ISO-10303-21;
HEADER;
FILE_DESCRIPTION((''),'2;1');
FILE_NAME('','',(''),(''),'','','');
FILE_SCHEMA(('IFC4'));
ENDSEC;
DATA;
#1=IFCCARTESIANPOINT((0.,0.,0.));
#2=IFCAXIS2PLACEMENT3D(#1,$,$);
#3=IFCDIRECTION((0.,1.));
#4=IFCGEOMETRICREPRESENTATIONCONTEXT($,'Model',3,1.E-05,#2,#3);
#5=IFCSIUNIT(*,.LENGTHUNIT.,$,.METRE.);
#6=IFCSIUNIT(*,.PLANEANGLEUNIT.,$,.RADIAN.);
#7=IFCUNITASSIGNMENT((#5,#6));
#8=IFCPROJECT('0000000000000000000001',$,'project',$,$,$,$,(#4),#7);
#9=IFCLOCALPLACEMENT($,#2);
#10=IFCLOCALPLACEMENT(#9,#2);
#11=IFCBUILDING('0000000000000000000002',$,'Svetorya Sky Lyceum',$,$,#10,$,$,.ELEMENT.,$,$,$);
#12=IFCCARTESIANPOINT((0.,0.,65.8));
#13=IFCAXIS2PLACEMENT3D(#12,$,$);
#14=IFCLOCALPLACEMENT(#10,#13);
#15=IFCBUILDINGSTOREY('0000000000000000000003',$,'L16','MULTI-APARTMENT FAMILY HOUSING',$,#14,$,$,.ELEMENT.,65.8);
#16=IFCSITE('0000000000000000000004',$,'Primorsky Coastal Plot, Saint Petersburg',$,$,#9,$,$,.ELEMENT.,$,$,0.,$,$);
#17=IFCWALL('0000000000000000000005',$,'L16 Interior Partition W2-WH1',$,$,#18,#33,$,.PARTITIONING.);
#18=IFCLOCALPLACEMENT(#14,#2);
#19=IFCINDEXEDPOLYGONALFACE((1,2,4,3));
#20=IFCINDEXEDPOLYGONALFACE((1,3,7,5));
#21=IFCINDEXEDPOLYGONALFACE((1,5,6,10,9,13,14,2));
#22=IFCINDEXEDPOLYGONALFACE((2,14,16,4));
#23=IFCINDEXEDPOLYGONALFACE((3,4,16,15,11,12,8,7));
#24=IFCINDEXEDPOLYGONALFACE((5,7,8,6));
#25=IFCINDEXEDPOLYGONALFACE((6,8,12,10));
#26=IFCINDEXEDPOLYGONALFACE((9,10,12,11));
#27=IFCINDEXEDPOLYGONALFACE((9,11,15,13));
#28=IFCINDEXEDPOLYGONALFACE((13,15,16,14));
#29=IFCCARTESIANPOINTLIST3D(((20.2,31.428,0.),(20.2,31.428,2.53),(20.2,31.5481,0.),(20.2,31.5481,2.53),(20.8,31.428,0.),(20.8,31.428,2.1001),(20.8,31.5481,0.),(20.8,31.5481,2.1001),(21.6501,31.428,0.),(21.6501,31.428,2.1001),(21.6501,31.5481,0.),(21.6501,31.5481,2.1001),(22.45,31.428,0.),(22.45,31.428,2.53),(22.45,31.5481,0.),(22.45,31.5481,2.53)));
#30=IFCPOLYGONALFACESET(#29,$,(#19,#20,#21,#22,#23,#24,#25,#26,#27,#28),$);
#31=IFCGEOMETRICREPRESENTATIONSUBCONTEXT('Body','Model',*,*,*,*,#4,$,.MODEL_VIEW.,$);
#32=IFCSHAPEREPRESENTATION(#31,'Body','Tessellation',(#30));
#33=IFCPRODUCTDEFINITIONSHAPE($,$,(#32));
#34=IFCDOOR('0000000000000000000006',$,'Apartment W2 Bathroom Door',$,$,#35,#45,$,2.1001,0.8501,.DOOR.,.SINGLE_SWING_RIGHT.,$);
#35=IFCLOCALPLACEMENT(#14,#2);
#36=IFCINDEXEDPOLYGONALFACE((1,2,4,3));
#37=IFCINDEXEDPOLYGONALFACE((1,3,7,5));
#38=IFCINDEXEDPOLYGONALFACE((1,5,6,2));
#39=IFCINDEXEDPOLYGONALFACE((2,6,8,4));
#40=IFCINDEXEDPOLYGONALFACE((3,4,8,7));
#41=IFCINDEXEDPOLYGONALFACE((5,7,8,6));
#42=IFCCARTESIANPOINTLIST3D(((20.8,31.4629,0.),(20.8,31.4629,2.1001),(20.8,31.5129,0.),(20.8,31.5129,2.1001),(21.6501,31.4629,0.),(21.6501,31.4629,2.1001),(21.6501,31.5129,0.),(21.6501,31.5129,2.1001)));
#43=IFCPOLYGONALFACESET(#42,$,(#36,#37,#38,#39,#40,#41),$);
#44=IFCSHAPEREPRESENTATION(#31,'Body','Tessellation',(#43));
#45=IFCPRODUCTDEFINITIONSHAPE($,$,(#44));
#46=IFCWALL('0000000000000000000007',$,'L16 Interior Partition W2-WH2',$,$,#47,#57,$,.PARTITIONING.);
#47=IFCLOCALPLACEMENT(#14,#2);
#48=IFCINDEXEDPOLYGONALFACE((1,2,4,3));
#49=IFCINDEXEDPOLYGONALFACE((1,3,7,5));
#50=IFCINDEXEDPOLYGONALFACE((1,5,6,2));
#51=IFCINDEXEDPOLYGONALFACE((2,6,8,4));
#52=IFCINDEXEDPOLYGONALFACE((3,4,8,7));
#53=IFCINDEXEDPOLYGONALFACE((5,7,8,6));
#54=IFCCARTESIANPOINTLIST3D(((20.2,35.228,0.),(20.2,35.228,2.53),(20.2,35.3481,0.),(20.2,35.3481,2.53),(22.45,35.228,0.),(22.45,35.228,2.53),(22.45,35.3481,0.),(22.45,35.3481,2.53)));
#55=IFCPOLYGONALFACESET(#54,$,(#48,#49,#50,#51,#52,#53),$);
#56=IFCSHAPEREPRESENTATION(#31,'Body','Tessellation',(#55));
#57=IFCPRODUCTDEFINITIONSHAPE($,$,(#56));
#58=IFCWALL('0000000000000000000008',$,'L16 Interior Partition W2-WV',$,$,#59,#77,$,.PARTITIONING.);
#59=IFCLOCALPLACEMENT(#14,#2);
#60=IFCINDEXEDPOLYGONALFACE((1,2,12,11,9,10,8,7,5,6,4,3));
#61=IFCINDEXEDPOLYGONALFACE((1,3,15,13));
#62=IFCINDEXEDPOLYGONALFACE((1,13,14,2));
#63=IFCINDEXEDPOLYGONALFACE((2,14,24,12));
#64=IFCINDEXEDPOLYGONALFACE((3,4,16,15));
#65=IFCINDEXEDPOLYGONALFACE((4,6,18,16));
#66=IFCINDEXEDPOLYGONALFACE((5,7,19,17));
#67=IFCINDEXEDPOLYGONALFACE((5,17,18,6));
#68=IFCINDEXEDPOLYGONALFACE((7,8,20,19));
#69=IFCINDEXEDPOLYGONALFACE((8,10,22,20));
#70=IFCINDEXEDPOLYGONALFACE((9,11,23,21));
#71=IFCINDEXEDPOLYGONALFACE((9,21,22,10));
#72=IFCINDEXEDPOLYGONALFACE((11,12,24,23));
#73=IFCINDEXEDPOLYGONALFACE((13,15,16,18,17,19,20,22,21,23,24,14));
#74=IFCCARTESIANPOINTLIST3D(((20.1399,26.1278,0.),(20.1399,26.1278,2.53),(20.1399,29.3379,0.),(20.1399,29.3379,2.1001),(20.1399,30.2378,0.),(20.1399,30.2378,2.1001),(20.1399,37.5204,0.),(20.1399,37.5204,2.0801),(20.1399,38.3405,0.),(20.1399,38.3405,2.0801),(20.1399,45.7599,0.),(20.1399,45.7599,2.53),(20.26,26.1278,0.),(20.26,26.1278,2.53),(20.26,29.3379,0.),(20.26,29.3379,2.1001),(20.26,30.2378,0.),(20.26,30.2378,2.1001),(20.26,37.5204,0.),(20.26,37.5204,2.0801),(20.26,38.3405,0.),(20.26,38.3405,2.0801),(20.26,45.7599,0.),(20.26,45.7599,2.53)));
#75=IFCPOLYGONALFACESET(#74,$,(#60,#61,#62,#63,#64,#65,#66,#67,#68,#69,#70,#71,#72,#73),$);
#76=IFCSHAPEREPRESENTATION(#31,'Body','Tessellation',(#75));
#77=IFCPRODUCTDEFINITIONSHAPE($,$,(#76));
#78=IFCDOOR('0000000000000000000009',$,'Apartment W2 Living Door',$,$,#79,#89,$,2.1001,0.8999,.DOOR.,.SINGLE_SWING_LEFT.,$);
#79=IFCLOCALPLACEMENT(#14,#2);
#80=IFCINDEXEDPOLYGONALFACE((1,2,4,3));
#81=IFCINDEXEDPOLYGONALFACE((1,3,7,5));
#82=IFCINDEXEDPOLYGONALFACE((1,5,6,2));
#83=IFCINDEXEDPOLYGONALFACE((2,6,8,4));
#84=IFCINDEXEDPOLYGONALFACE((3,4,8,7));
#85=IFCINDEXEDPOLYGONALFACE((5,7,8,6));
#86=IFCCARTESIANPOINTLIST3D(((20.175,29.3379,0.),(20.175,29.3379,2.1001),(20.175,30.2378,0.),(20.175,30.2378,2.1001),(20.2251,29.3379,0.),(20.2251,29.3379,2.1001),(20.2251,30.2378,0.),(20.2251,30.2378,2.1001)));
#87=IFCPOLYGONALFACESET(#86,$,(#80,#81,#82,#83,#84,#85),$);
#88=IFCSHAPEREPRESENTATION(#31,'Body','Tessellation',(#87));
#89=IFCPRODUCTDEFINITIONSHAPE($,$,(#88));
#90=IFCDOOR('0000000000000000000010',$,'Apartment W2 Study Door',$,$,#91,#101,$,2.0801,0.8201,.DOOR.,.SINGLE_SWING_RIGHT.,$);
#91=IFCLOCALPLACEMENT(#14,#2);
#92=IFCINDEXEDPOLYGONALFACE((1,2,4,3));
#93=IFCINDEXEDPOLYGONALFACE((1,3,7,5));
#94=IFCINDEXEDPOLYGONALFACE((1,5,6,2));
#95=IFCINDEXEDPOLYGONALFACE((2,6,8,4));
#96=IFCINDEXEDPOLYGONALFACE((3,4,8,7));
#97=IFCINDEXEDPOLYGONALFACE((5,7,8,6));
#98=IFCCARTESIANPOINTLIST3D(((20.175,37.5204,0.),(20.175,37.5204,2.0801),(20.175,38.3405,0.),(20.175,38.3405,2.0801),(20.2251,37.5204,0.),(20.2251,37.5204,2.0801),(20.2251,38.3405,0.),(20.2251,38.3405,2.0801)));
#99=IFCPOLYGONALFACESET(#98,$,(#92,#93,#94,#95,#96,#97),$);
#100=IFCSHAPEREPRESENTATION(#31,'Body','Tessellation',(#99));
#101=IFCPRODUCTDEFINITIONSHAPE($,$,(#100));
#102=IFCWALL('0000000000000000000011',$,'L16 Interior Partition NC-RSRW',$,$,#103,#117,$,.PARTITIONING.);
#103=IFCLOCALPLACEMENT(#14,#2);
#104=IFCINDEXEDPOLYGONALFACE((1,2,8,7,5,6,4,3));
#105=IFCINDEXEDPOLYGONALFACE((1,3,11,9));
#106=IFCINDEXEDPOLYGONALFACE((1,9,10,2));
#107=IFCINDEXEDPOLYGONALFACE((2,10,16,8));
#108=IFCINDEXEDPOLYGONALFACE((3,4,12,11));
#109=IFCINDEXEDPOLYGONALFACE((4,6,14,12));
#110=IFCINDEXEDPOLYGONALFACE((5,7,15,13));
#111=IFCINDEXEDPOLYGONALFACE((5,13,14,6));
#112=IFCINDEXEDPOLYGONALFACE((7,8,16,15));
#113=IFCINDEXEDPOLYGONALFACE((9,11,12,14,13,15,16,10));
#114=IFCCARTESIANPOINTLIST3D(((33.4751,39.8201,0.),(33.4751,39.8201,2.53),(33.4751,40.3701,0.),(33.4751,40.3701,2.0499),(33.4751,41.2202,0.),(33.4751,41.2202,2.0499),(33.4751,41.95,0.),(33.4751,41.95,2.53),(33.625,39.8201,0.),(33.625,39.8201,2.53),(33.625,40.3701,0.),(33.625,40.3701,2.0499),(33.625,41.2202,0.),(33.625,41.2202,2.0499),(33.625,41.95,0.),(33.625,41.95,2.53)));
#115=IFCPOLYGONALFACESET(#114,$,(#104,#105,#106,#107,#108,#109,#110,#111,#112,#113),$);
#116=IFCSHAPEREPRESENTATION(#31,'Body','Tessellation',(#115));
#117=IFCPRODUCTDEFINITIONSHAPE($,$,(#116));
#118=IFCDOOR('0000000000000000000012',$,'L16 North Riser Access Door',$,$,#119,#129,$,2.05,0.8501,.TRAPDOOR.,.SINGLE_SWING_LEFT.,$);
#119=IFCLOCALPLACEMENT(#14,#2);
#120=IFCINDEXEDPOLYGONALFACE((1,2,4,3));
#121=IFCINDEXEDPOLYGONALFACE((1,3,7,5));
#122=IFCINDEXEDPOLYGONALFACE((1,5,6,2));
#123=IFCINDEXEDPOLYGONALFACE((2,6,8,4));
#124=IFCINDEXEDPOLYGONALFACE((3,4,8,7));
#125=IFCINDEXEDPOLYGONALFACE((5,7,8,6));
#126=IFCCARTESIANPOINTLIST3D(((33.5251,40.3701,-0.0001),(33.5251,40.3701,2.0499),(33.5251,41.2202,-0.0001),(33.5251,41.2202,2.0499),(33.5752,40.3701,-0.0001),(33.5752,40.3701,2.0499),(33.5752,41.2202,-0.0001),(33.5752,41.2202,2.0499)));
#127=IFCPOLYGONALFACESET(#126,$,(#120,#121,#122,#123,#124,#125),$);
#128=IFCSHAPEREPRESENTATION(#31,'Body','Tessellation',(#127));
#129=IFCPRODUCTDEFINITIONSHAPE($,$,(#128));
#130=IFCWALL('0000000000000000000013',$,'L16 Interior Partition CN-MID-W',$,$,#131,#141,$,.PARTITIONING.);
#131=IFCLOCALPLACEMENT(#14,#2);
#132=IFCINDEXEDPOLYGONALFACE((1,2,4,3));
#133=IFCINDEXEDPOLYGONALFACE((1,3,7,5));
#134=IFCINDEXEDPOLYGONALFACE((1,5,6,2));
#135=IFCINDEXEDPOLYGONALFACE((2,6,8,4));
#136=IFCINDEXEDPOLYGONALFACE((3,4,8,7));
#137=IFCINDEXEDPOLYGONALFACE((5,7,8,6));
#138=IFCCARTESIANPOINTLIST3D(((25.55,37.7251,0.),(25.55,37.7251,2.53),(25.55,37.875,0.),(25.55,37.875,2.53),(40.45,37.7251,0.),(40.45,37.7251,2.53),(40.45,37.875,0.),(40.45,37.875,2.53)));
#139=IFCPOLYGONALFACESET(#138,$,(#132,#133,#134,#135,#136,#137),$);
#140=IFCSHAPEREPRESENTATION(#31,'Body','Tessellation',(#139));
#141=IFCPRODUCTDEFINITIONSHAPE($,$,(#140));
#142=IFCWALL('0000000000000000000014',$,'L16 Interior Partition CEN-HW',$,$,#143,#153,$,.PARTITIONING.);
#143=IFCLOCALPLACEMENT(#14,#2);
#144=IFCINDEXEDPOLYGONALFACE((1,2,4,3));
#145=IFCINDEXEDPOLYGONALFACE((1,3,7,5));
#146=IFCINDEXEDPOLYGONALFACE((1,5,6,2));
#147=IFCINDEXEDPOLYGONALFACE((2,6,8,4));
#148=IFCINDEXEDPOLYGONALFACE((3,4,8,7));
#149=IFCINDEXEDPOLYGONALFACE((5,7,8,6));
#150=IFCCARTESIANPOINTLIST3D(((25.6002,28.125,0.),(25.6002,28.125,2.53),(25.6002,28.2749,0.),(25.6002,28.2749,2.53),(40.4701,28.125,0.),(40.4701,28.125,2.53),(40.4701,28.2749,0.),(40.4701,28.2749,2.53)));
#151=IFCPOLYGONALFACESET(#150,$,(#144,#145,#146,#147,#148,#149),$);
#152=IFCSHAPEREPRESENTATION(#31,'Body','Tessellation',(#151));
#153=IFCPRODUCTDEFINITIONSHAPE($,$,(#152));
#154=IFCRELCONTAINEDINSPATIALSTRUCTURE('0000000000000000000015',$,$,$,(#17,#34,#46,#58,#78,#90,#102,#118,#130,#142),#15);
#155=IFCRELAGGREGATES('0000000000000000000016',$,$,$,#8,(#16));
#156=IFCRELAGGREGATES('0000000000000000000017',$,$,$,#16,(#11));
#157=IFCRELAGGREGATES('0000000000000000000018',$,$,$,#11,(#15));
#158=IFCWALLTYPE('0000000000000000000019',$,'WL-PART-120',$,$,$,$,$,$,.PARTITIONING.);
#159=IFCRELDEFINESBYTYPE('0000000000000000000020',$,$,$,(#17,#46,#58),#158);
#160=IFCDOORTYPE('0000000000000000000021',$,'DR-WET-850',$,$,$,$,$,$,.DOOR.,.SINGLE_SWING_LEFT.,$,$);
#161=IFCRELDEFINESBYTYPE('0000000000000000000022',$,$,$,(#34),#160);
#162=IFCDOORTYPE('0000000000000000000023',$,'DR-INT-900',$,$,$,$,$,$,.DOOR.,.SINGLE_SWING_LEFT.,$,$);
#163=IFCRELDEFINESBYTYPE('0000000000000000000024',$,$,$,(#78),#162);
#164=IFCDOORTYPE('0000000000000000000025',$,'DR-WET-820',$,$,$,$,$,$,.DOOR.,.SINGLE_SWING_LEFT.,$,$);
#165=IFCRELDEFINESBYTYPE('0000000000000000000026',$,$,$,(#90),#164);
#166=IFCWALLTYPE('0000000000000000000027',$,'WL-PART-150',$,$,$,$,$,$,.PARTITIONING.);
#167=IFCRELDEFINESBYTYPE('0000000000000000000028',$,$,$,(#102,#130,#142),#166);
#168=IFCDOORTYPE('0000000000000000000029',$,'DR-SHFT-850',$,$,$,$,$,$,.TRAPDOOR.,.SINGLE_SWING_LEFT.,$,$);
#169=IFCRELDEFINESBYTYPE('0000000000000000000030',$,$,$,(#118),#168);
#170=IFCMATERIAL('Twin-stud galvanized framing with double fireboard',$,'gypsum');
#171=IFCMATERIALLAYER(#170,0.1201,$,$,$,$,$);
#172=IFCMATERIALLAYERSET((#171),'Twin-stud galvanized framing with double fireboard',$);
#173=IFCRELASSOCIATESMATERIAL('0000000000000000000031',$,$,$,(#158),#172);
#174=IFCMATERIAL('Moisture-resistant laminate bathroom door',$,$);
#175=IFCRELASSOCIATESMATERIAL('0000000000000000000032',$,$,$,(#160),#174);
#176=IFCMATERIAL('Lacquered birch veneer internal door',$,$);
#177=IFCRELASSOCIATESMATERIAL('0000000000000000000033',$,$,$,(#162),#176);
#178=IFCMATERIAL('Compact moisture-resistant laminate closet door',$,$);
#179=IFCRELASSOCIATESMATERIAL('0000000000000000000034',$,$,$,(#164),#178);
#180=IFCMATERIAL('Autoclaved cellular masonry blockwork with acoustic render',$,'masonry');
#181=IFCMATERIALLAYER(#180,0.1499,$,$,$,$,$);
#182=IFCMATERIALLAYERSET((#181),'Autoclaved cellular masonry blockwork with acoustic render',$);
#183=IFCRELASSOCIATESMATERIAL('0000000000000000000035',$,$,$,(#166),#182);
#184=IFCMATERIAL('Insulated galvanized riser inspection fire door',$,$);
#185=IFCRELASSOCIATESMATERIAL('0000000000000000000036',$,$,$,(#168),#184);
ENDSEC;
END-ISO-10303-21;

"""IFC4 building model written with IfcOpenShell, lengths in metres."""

from ifc_helpers import new_model, si_unit, direction, frame, frame_2d, origin, place, context, subcontext, project, spatial, rectangle, extrude, material, layer, layer_set, type_object, element, fill, save


model = new_model("IFC4")

# Units and contexts
model_context = context("Model", 3, precision=1e-05, world=origin(), true_north=direction((0.0, 1.0)))
body_context = subcontext(model_context, "Body", "Model", "MODEL_VIEW")
ifc_project = project(units=[si_unit("LENGTHUNIT", "METRE"), si_unit("PLANEANGLEUNIT", "RADIAN")], contexts=[model_context])

# Site, building, storey
site_placement = place(None, origin())
site = spatial("IfcSite", under=ifc_project, at=site_placement, Name="Primorsky Coastal Plot, Saint Petersburg", CompositionType="ELEMENT", RefElevation=0.0)
building_placement = place(site_placement, origin())
building = spatial("IfcBuilding", under=site, at=building_placement, Name="Svetorya Sky Lyceum", CompositionType="ELEMENT")
storey_placement = place(building_placement, frame((0.0, 0.0, 65.8)))
storey = spatial("IfcBuildingStorey", under=building, at=storey_placement, Name="L16", Description="MULTI-APARTMENT FAMILY HOUSING", CompositionType="ELEMENT", Elevation=65.8)

# Wall, opening, door
ifc_material_1 = material(Name="Twin-stud galvanized framing with double fireboard", Category="gypsum")
ifc_layer_1 = layer(ifc_material_1, 0.1201)
ifc_layer_set_1 = layer_set([ifc_layer_1], Name="Twin-stud galvanized framing with double fireboard")
wall_type_1 = type_object("IfcWallType", Name="WL-PART-120", PredefinedType="PARTITIONING", material=ifc_layer_set_1)
wall_1_placement = place(storey_placement, frame((20.2, 31.488, 0.0), z_axis=(0.0, 0.0, 1.0), x_axis=(1.0, 0.0, 0.0)))
wall_1 = element("IfcWall", 1, at=wall_1_placement, inside=storey, type_object=wall_type_1, Name="L16 Interior Partition W2-WH1", PredefinedType="PARTITIONING", context=body_context, shape_type="SweptSolid", body=[
    extrude(rectangle(XDim=2.25, YDim=0.1201, at=frame_2d((1.125, 0.0))), origin(), (0.0, 0.0, 1.0), 2.53),
])
opening_1_placement = place(wall_1_placement, frame((0.6001, 0.0, 0.0)))
opening_1 = element("IfcOpeningElement", 2, at=opening_1_placement, cuts=wall_1, PredefinedType="OPENING", context=body_context, shape_type="SweptSolid", body=[
    extrude(rectangle(XDim=0.8501, YDim=2.1001, at=frame_2d((0.425, 1.05))), frame((0.0, 0.0701, 0.0), z_axis=(0.0, -1.0, 0.0), x_axis=(1.0, 0.0, 0.0)), (0.0, 0.0, 1.0), 0.1401),
])
ifc_material_2 = material(Name="Moisture-resistant laminate bathroom door")
door_type_1 = type_object("IfcDoorType", Name="DR-WET-850", OperationType="SINGLE_SWING_LEFT", PredefinedType="DOOR", material=ifc_material_2)
door_1_placement = place(opening_1_placement, origin())
door_1 = element("IfcDoor", 3, at=door_1_placement, inside=storey, type_object=door_type_1, Name="Apartment W2 Bathroom Door", OperationType="SINGLE_SWING_RIGHT", OverallHeight=2.1001, OverallWidth=0.8501, PredefinedType="DOOR", context=body_context, shape_type="SweptSolid", body=[
    extrude(rectangle(XDim=0.8501, YDim=2.1001, at=frame_2d((0.425, 1.05))), frame((0.0, 0.0249, 0.0), z_axis=(0.0, -1.0, 0.0), x_axis=(1.0, 0.0, 0.0)), (0.0, 0.0, 1.0), 0.05),
])
fill(opening_1, door_1)

# Wall
wall_2_placement = place(storey_placement, frame((20.2, 35.2881, 0.0), z_axis=(0.0, 0.0, 1.0), x_axis=(1.0, 0.0, 0.0)))
element("IfcWall", 4, at=wall_2_placement, inside=storey, type_object=wall_type_1, Name="L16 Interior Partition W2-WH2", PredefinedType="PARTITIONING", context=body_context, shape_type="SweptSolid", body=[
    extrude(rectangle(XDim=2.25, YDim=0.1201, at=frame_2d((1.125, 0.0))), origin(), (0.0, 0.0, 1.0), 2.53),
])

# Wall, openings, doors
wall_3_placement = place(storey_placement, frame((20.2, 26.1279, 0.0), z_axis=(0.0, 0.0, 1.0), x_axis=(0.0, 1.0, 0.0)))
wall_3 = element("IfcWall", 5, at=wall_3_placement, inside=storey, type_object=wall_type_1, Name="L16 Interior Partition W2-WV", PredefinedType="PARTITIONING", context=body_context, shape_type="SweptSolid", body=[
    extrude(rectangle(XDim=19.6321, YDim=0.1201, at=frame_2d((9.8159, 0.0))), origin(), (0.0, 0.0, 1.0), 2.53),
])
opening_2_placement = place(wall_3_placement, frame((3.21, 0.0, 0.0)))
opening_2 = element("IfcOpeningElement", 6, at=opening_2_placement, cuts=wall_3, PredefinedType="OPENING", context=body_context, shape_type="SweptSolid", body=[
    extrude(rectangle(XDim=0.8999, YDim=2.1001, at=frame_2d((0.45, 1.05))), frame((0.0, 0.0701, 0.0), z_axis=(0.0, -1.0, 0.0), x_axis=(1.0, 0.0, 0.0)), (0.0, 0.0, 1.0), 0.1401),
])
opening_3_placement = place(wall_3_placement, frame((11.3923, 0.0, 0.0)))
opening_3 = element("IfcOpeningElement", 7, at=opening_3_placement, cuts=wall_3, PredefinedType="OPENING", context=body_context, shape_type="SweptSolid", body=[
    extrude(rectangle(XDim=0.8201, YDim=2.0801, at=frame_2d((0.4102, 1.04))), frame((0.0, 0.0701, 0.0), z_axis=(0.0, -1.0, 0.0), x_axis=(1.0, 0.0, 0.0)), (0.0, 0.0, 1.0), 0.1401),
])
ifc_material_3 = material(Name="Lacquered birch veneer internal door")
door_type_2 = type_object("IfcDoorType", Name="DR-INT-900", OperationType="SINGLE_SWING_LEFT", PredefinedType="DOOR", material=ifc_material_3)
door_2_placement = place(opening_2_placement, origin())
door_2 = element("IfcDoor", 8, at=door_2_placement, inside=storey, type_object=door_type_2, Name="Apartment W2 Living Door", OperationType="SINGLE_SWING_LEFT", OverallHeight=2.1001, OverallWidth=0.8999, PredefinedType="DOOR", context=body_context, shape_type="SweptSolid", body=[
    extrude(rectangle(XDim=0.8999, YDim=2.1001, at=frame_2d((0.45, 1.05))), frame((0.0, 0.0249, 0.0), z_axis=(0.0, -1.0, 0.0), x_axis=(1.0, 0.0, 0.0)), (0.0, 0.0, 1.0), 0.05),
])
fill(opening_2, door_2)
ifc_material_4 = material(Name="Compact moisture-resistant laminate closet door")
door_type_3 = type_object("IfcDoorType", Name="DR-WET-820", OperationType="SINGLE_SWING_LEFT", PredefinedType="DOOR", material=ifc_material_4)
door_3_placement = place(opening_3_placement, origin())
door_3 = element("IfcDoor", 9, at=door_3_placement, inside=storey, type_object=door_type_3, Name="Apartment W2 Study Door", OperationType="SINGLE_SWING_RIGHT", OverallHeight=2.0801, OverallWidth=0.8201, PredefinedType="DOOR", context=body_context, shape_type="SweptSolid", body=[
    extrude(rectangle(XDim=0.8201, YDim=2.0801, at=frame_2d((0.4102, 1.04))), frame((0.0, 0.0249, 0.0), z_axis=(0.0, -1.0, 0.0), x_axis=(1.0, 0.0, 0.0)), (0.0, 0.0, 1.0), 0.05),
])
fill(opening_3, door_3)

# Wall, opening, door
ifc_material_5 = material(Name="Autoclaved cellular masonry blockwork with acoustic render", Category="masonry")
ifc_layer_2 = layer(ifc_material_5, 0.1499)
ifc_layer_set_2 = layer_set([ifc_layer_2], Name="Autoclaved cellular masonry blockwork with acoustic render")
wall_type_2 = type_object("IfcWallType", Name="WL-PART-150", PredefinedType="PARTITIONING", material=ifc_layer_set_2)
wall_4_placement = place(storey_placement, frame((33.55, 39.8201, 0.0), z_axis=(0.0, 0.0, 1.0), x_axis=(0.0, 1.0, 0.0)))
wall_4 = element("IfcWall", 10, at=wall_4_placement, inside=storey, type_object=wall_type_2, Name="L16 Interior Partition NC-RSRW", PredefinedType="PARTITIONING", context=body_context, shape_type="SweptSolid", body=[
    extrude(rectangle(XDim=2.1299, YDim=0.1499, at=frame_2d((1.0649, 0.0))), origin(), (0.0, 0.0, 1.0), 2.53),
])
opening_4_placement = place(wall_4_placement, frame((0.55, 0.0, 0.0)))
opening_4 = element("IfcOpeningElement", 11, at=opening_4_placement, cuts=wall_4, PredefinedType="OPENING", context=body_context, shape_type="SweptSolid", body=[
    extrude(rectangle(XDim=0.8501, YDim=2.05, at=frame_2d((0.425, 1.0249))), frame((0.0, 0.085, 0.0), z_axis=(0.0, -1.0, 0.0), x_axis=(1.0, 0.0, 0.0)), (0.0, 0.0, 1.0), 0.1699),
])
ifc_material_6 = material(Name="Insulated galvanized riser inspection fire door")
door_type_4 = type_object("IfcDoorType", Name="DR-SHFT-850", OperationType="SINGLE_SWING_LEFT", PredefinedType="TRAPDOOR", material=ifc_material_6)
door_4_placement = place(opening_4_placement, origin())
door_4 = element("IfcDoor", 12, at=door_4_placement, inside=storey, type_object=door_type_4, Name="L16 North Riser Access Door", OperationType="SINGLE_SWING_LEFT", OverallHeight=2.05, OverallWidth=0.8501, PredefinedType="TRAPDOOR", context=body_context, shape_type="SweptSolid", body=[
    extrude(rectangle(XDim=0.8501, YDim=2.05, at=frame_2d((0.425, 1.0249))), frame((0.0, 0.0249, 0.0), z_axis=(0.0, -1.0, 0.0), x_axis=(1.0, 0.0, 0.0)), (0.0, 0.0, 1.0), 0.05),
])
fill(opening_4, door_4)

# Walls
wall_5_placement = place(storey_placement, frame((25.55, 37.8, 0.0), z_axis=(0.0, 0.0, 1.0), x_axis=(1.0, 0.0, 0.0)))
element("IfcWall", 13, at=wall_5_placement, inside=storey, type_object=wall_type_2, Name="L16 Interior Partition CN-MID-W", PredefinedType="PARTITIONING", context=body_context, shape_type="SweptSolid", body=[
    extrude(rectangle(XDim=14.8999, YDim=0.1499, at=frame_2d((7.45, 0.0))), origin(), (0.0, 0.0, 1.0), 2.53),
])
wall_6_placement = place(storey_placement, frame((25.6001, 28.2, 0.0), z_axis=(0.0, 0.0, 1.0), x_axis=(1.0, 0.0, 0.0)))
element("IfcWall", 14, at=wall_6_placement, inside=storey, type_object=wall_type_2, Name="L16 Interior Partition CEN-HW", PredefinedType="PARTITIONING", context=body_context, shape_type="SweptSolid", body=[
    extrude(rectangle(XDim=14.8699, YDim=0.1499, at=frame_2d((7.4351, 0.0))), origin(), (0.0, 0.0, 1.0), 2.53),
])

save(model, "model.ifc")
